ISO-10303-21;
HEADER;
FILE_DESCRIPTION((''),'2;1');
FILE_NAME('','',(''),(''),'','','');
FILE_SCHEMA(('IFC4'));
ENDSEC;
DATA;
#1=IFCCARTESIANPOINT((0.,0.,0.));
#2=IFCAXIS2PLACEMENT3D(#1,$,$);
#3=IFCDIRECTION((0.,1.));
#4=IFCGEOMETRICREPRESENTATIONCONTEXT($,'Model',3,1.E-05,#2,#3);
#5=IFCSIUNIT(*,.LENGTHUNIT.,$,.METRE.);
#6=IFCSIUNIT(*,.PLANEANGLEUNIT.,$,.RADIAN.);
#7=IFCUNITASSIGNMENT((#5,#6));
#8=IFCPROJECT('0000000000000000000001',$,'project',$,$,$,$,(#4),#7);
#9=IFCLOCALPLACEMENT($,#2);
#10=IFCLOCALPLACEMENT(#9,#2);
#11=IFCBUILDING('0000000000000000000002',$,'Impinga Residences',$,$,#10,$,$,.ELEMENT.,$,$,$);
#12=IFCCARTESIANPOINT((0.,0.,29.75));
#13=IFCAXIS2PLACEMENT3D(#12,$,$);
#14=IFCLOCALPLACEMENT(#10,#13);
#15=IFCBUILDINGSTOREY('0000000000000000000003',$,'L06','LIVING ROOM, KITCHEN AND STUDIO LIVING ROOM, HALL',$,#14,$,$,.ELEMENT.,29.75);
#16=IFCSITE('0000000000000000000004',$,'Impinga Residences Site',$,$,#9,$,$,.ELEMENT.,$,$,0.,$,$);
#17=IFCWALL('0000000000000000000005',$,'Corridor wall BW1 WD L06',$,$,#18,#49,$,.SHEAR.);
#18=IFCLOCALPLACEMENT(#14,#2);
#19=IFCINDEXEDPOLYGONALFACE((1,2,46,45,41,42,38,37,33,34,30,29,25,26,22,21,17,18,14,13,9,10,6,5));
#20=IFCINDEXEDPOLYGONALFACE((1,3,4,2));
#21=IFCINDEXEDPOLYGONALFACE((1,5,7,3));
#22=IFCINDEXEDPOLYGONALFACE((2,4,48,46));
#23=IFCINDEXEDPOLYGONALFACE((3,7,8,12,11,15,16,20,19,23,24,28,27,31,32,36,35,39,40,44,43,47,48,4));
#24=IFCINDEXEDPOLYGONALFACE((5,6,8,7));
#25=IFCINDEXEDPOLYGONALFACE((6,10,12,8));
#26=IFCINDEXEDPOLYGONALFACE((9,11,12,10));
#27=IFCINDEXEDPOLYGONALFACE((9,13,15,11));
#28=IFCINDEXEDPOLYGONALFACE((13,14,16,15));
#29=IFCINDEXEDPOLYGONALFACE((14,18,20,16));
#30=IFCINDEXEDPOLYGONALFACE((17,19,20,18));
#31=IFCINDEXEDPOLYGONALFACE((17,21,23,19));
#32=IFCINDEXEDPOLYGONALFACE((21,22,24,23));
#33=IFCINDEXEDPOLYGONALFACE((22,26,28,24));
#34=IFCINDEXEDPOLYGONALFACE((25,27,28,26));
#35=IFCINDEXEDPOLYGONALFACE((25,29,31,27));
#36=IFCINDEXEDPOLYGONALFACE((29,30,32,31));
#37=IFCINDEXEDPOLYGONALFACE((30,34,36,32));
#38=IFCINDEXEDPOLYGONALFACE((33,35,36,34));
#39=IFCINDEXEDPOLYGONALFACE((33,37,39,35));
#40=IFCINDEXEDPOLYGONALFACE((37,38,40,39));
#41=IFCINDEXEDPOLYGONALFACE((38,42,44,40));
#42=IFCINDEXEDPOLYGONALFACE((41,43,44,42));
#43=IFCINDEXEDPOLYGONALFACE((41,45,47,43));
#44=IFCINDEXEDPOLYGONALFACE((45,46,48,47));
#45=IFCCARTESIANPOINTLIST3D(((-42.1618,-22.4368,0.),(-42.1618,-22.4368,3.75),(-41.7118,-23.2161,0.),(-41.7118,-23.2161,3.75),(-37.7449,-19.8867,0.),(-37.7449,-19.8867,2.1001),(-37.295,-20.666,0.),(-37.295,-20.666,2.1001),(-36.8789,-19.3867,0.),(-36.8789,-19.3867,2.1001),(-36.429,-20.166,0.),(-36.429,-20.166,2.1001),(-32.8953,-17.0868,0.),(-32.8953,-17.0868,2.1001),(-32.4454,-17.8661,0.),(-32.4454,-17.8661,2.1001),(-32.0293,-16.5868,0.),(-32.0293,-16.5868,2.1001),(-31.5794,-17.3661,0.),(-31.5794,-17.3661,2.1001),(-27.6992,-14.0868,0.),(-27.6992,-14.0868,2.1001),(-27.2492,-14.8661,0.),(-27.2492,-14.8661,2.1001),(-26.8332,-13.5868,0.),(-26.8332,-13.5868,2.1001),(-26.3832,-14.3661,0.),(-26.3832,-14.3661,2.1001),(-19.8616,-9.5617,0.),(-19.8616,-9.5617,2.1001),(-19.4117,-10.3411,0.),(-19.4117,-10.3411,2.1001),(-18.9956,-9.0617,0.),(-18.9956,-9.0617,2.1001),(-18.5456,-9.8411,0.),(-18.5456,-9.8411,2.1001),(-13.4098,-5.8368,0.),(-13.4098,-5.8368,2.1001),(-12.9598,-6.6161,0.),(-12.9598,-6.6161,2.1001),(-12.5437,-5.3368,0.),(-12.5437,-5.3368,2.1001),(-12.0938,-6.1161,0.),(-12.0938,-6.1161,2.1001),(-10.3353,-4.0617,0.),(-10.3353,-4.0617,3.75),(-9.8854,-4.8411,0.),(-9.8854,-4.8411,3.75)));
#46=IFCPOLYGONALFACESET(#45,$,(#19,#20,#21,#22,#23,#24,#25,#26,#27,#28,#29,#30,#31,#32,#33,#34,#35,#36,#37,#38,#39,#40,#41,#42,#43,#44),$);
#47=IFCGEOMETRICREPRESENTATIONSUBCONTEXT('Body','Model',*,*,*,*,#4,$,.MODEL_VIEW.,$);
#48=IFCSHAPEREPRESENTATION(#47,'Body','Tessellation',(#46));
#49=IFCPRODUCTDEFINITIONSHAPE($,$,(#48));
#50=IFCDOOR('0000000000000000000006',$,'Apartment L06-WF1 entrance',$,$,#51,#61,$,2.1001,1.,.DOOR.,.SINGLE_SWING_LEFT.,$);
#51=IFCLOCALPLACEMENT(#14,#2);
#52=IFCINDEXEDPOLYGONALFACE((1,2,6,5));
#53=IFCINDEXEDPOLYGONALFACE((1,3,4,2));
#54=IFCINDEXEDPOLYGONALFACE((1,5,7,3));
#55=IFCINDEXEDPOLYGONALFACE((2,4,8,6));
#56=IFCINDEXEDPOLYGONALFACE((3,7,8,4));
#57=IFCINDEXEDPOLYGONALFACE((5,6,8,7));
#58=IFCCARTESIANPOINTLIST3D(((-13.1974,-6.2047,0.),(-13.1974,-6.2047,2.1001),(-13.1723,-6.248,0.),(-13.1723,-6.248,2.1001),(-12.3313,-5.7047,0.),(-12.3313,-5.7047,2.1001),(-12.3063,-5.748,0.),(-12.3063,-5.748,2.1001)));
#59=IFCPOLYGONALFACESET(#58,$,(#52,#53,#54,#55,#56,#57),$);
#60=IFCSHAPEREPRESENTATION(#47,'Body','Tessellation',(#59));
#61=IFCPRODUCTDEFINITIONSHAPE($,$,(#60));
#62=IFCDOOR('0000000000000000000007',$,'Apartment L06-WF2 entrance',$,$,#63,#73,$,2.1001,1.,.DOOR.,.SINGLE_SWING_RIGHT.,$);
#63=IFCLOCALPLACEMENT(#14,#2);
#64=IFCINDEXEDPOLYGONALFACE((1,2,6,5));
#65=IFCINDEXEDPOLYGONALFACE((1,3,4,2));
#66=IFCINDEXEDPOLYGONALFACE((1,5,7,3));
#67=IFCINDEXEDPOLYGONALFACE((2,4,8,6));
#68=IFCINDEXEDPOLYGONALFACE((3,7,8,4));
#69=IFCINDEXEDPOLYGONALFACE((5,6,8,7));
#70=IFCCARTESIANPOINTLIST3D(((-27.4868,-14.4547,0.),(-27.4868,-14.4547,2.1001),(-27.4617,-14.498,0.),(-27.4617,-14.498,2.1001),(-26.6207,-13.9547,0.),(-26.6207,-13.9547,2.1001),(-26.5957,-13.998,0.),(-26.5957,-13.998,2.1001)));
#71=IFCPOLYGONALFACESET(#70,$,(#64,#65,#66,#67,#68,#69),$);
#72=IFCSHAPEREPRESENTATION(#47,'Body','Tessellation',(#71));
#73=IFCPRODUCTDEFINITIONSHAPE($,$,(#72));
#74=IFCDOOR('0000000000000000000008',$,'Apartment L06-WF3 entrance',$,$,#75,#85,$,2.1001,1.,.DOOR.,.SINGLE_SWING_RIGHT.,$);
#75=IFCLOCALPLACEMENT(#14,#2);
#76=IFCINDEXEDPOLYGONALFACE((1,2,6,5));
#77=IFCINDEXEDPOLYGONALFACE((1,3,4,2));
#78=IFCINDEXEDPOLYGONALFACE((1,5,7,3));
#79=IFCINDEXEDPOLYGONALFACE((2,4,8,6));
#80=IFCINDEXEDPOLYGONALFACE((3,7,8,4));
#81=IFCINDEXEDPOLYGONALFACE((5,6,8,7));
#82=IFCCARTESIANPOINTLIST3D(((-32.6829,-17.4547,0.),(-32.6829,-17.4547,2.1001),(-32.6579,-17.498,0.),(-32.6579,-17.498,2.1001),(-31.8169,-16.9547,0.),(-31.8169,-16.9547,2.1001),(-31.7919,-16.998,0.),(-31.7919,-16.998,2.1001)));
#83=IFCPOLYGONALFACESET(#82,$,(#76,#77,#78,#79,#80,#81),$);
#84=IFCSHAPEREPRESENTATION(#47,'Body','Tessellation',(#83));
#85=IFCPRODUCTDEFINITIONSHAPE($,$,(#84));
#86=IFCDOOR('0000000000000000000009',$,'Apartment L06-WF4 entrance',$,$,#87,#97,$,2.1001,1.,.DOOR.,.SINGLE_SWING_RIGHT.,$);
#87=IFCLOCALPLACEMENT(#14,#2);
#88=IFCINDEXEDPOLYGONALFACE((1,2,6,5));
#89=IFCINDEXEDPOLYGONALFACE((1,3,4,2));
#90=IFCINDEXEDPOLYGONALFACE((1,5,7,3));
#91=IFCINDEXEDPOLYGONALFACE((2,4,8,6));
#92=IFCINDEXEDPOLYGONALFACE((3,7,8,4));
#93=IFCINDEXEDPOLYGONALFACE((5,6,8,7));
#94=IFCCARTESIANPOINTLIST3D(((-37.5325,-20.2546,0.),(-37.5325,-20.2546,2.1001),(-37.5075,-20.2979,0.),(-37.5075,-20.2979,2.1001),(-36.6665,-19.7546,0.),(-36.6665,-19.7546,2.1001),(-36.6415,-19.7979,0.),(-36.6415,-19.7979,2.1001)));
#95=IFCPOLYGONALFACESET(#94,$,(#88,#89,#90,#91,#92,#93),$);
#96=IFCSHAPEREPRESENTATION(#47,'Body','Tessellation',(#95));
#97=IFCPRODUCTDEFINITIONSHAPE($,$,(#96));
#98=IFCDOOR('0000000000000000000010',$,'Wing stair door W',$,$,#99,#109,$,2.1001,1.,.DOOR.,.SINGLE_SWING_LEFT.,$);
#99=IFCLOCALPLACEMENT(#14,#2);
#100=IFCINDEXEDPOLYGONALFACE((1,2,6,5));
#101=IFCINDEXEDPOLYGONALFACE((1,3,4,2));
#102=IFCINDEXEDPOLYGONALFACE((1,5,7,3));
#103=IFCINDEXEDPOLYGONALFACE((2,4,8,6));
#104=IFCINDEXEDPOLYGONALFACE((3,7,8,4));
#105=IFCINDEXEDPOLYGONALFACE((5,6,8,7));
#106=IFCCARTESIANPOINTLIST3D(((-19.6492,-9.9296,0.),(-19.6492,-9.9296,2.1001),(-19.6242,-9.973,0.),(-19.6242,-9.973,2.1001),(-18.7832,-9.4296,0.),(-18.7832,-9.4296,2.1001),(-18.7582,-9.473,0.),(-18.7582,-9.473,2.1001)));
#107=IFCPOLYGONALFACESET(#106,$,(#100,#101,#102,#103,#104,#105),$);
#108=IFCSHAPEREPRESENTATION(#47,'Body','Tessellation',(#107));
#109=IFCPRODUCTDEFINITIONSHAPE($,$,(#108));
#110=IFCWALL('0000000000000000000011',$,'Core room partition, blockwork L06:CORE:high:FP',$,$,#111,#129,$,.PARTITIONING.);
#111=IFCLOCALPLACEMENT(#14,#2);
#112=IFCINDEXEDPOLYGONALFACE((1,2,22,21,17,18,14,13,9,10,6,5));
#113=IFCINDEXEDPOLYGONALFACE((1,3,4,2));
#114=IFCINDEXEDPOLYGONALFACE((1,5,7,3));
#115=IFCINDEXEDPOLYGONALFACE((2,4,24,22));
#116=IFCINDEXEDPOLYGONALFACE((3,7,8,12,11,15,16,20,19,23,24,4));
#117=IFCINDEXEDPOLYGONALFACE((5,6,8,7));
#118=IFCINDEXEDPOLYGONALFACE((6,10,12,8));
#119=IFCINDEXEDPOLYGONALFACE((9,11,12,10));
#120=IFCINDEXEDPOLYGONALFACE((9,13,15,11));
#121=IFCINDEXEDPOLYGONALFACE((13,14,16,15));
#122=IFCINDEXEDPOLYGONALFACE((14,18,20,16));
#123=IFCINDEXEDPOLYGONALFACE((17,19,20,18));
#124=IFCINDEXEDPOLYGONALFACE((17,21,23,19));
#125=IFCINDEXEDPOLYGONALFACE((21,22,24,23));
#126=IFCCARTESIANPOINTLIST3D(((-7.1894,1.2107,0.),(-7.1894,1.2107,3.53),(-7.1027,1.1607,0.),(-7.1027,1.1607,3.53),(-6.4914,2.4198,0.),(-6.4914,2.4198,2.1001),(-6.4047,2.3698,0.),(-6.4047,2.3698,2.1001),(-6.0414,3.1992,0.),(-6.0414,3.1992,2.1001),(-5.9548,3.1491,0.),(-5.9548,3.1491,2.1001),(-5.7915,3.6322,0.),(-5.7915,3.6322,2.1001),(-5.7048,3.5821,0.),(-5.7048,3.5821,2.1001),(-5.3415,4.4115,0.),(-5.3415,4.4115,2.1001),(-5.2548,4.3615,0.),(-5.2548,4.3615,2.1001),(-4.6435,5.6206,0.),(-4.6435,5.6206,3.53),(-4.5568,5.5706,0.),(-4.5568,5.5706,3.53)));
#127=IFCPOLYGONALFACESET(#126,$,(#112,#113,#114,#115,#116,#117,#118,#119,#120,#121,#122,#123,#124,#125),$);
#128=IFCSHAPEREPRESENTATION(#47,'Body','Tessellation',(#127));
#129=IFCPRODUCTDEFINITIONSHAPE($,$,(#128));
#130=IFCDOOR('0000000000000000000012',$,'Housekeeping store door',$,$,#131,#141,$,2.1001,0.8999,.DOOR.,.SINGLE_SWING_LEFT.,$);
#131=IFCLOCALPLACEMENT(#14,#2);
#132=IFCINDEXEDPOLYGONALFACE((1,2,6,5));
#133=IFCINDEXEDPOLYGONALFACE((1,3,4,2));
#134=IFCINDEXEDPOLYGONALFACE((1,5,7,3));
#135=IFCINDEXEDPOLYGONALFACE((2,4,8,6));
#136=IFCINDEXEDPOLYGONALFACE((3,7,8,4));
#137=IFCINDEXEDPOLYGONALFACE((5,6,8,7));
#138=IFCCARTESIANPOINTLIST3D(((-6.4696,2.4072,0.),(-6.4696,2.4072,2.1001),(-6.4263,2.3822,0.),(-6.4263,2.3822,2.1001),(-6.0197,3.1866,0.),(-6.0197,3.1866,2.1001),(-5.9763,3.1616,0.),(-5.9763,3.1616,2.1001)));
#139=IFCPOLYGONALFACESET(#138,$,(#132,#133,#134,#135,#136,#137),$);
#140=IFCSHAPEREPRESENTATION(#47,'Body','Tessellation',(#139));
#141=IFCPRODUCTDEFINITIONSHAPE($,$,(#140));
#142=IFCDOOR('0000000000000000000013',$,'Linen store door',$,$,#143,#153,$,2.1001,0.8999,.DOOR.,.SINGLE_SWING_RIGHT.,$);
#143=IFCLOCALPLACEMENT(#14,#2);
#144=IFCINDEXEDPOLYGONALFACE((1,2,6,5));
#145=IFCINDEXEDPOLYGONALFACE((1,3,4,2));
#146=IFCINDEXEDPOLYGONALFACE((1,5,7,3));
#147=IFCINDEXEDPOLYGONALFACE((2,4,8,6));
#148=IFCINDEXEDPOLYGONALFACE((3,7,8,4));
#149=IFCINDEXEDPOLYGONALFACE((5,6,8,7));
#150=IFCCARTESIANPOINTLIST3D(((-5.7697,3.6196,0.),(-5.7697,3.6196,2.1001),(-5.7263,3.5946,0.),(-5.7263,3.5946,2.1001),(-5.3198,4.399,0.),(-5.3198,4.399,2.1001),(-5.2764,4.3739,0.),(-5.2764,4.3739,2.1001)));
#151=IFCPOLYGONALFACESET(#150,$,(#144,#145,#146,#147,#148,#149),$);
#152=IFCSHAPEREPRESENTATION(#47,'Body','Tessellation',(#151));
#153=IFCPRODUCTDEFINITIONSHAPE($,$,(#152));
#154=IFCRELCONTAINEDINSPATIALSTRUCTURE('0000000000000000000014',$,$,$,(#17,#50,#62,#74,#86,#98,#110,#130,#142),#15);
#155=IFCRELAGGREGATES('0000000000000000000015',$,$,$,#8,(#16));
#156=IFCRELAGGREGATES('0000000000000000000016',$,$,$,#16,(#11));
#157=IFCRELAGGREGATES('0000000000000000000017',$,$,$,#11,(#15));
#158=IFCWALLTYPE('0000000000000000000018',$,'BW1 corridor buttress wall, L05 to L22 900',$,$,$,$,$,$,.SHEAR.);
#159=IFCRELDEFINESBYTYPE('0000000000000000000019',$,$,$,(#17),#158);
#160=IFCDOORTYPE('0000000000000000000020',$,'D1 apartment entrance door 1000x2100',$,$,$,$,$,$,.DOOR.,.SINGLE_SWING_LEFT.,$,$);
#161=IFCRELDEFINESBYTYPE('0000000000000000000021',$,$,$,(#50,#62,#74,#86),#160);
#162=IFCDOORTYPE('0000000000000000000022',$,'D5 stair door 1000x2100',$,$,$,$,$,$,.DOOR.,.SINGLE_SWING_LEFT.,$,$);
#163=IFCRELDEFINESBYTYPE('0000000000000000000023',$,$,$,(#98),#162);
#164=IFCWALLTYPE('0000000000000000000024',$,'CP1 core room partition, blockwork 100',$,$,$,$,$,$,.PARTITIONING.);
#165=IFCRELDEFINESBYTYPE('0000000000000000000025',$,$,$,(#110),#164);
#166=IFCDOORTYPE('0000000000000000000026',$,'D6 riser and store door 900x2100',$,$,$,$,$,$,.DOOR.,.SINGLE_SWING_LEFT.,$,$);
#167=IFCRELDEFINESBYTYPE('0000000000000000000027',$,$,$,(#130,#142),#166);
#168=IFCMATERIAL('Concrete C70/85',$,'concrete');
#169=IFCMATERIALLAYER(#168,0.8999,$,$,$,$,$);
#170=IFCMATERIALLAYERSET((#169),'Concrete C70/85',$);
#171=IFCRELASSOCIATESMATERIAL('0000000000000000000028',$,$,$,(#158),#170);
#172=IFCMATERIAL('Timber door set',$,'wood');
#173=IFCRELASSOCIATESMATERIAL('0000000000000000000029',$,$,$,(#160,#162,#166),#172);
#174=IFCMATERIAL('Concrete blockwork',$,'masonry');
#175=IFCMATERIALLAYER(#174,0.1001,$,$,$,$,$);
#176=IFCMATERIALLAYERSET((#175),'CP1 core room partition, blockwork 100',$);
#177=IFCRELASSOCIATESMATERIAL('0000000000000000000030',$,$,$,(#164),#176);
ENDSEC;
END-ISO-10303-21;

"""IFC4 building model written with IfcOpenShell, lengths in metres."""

from ifc_helpers import new_model, si_unit, direction, frame, frame_2d, origin, place, context, subcontext, project, spatial, rectangle, extrude, material, layer, layer_set, type_object, element, fill, save


model = new_model("IFC4")

# Units and contexts
model_context = context("Model", 3, precision=1e-05, world=origin(), true_north=direction((0.0, 1.0)))
body_context = subcontext(model_context, "Body", "Model", "MODEL_VIEW")
ifc_project = project(units=[si_unit("LENGTHUNIT", "METRE"), si_unit("PLANEANGLEUNIT", "RADIAN")], contexts=[model_context])

# Site, building, storey
site_placement = place(None, origin())
site = spatial("IfcSite", under=ifc_project, at=site_placement, Name="Impinga Residences Site", CompositionType="ELEMENT", RefElevation=0.0)
building_placement = place(site_placement, origin())
building = spatial("IfcBuilding", under=site, at=building_placement, Name="Impinga Residences", CompositionType="ELEMENT")
storey_placement = place(building_placement, frame((0.0, 0.0, 29.75)))
storey = spatial("IfcBuildingStorey", under=building, at=storey_placement, Name="L06", Description="LIVING ROOM, KITCHEN AND STUDIO LIVING ROOM, HALL", CompositionType="ELEMENT", Elevation=29.75)

# Walls, openings, doors
ifc_material_1 = material(Name="Concrete C70/85", Category="concrete")
ifc_layer_1 = layer(ifc_material_1, 0.8999)
ifc_layer_set_1 = layer_set([ifc_layer_1], Name="Concrete C70/85")
wall_type_1 = type_object("IfcWallType", Name="BW1 corridor buttress wall, L05 to L22 900", PredefinedType="SHEAR", material=ifc_layer_set_1)
wall_1_placement = place(storey_placement, frame((-10.1104, -4.4514, 0.0), z_axis=(0.0, 0.0, 1.0), x_axis=(-0.866025, -0.5, 0.0)))
wall_1 = element("IfcWall", 1, at=wall_1_placement, inside=storey, type_object=wall_type_1, Name="Corridor wall BW1 WD L06", PredefinedType="SHEAR", context=body_context, shape_type="SweptSolid", body=[
    extrude(rectangle(XDim=36.75, YDim=0.8999, at=frame_2d((18.375, 0.0))), origin(), (0.0, 0.0, 1.0), 3.75),
])
opening_1_placement = place(wall_1_placement, frame((10.0, 0.0, 0.0)))
opening_1 = element("IfcOpeningElement", 2, at=opening_1_placement, cuts=wall_1, PredefinedType="OPENING", context=body_context, shape_type="SweptSolid", body=[
    extrude(rectangle(XDim=1.0, YDim=2.1001, at=frame_2d((0.5, 1.05))), frame((0.0, 0.46, 0.0), z_axis=(0.0, -1.0, 0.0), x_axis=(1.0, 0.0, 0.0)), (0.0, 0.0, 1.0), 0.9199),
])
opening_2_placement = place(wall_1_placement, frame((2.55, 0.0, 0.0)))
opening_2 = element("IfcOpeningElement", 3, at=opening_2_placement, cuts=wall_1, PredefinedType="OPENING", context=body_context, shape_type="SweptSolid", body=[
    extrude(rectangle(XDim=1.0, YDim=2.1001, at=frame_2d((0.5, 1.05))), frame((0.0, 0.46, 0.0), z_axis=(0.0, -1.0, 0.0), x_axis=(1.0, 0.0, 0.0)), (0.0, 0.0, 1.0), 0.9199),
])
opening_3_placement = place(wall_1_placement, frame((19.05, 0.0, 0.0)))
opening_3 = element("IfcOpeningElement", 4, at=opening_3_placement, cuts=wall_1, PredefinedType="OPENING", context=body_context, shape_type="SweptSolid", body=[
    extrude(rectangle(XDim=1.0, YDim=2.1001, at=frame_2d((0.5, 1.05))), frame((0.0, 0.46, 0.0), z_axis=(0.0, -1.0, 0.0), x_axis=(1.0, 0.0, 0.0)), (0.0, 0.0, 1.0), 0.9199),
])
opening_4_placement = place(wall_1_placement, frame((25.05, 0.0, 0.0)))
opening_4 = element("IfcOpeningElement", 5, at=opening_4_placement, cuts=wall_1, PredefinedType="OPENING", context=body_context, shape_type="SweptSolid", body=[
    extrude(rectangle(XDim=1.0, YDim=2.1001, at=frame_2d((0.5, 1.05))), frame((0.0, 0.46, 0.0), z_axis=(0.0, -1.0, 0.0), x_axis=(1.0, 0.0, 0.0)), (0.0, 0.0, 1.0), 0.9199),
])
opening_5_placement = place(wall_1_placement, frame((30.6499, 0.0, 0.0)))
opening_5 = element("IfcOpeningElement", 6, at=opening_5_placement, cuts=wall_1, PredefinedType="OPENING", context=body_context, shape_type="SweptSolid", body=[
    extrude(rectangle(XDim=1.0, YDim=2.1001, at=frame_2d((0.5, 1.05))), frame((0.0, 0.46, 0.0), z_axis=(0.0, -1.0, 0.0), x_axis=(1.0, 0.0, 0.0)), (0.0, 0.0, 1.0), 0.9199),
])
ifc_material_2 = material(Name="Timber door set", Category="wood")
door_type_1 = type_object("IfcDoorType", Name="D1 apartment entrance door 1000x2100", OperationType="SINGLE_SWING_LEFT", PredefinedType="DOOR", material=ifc_material_2)
door_1_placement = place(opening_2_placement, origin())
door_1 = element("IfcDoor", 7, at=door_1_placement, inside=storey, type_object=door_type_1, Name="Apartment L06-WF1 entrance", OperationType="SINGLE_SWING_LEFT", OverallHeight=2.1001, OverallWidth=1.0, PredefinedType="DOOR", context=body_context, shape_type="SweptSolid", body=[
    extrude(rectangle(XDim=1.0, YDim=2.1001, at=frame_2d((0.5, 1.05))), frame((0.0, 0.0249, 0.0), z_axis=(0.0, -1.0, 0.0), x_axis=(1.0, 0.0, 0.0)), (0.0, 0.0, 1.0), 0.05),
])
fill(opening_2, door_1)
door_2_placement = place(opening_3_placement, origin())
door_2 = element("IfcDoor", 8, at=door_2_placement, inside=storey, type_object=door_type_1, Name="Apartment L06-WF2 entrance", OperationType="SINGLE_SWING_RIGHT", OverallHeight=2.1001, OverallWidth=1.0, PredefinedType="DOOR", context=body_context, shape_type="SweptSolid", body=[
    extrude(rectangle(XDim=1.0, YDim=2.1001, at=frame_2d((0.5, 1.05))), frame((0.0, 0.0249, 0.0), z_axis=(0.0, -1.0, 0.0), x_axis=(1.0, 0.0, 0.0)), (0.0, 0.0, 1.0), 0.05),
])
fill(opening_3, door_2)
door_3_placement = place(opening_4_placement, origin())
door_3 = element("IfcDoor", 9, at=door_3_placement, inside=storey, type_object=door_type_1, Name="Apartment L06-WF3 entrance", OperationType="SINGLE_SWING_RIGHT", OverallHeight=2.1001, OverallWidth=1.0, PredefinedType="DOOR", context=body_context, shape_type="SweptSolid", body=[
    extrude(rectangle(XDim=1.0, YDim=2.1001, at=frame_2d((0.5, 1.05))), frame((0.0, 0.0249, 0.0), z_axis=(0.0, -1.0, 0.0), x_axis=(1.0, 0.0, 0.0)), (0.0, 0.0, 1.0), 0.05),
])
fill(opening_4, door_3)
door_4_placement = place(opening_5_placement, origin())
door_4 = element("IfcDoor", 10, at=door_4_placement, inside=storey, type_object=door_type_1, Name="Apartment L06-WF4 entrance", OperationType="SINGLE_SWING_RIGHT", OverallHeight=2.1001, OverallWidth=1.0, PredefinedType="DOOR", context=body_context, shape_type="SweptSolid", body=[
    extrude(rectangle(XDim=1.0, YDim=2.1001, at=frame_2d((0.5, 1.05))), frame((0.0, 0.0249, 0.0), z_axis=(0.0, -1.0, 0.0), x_axis=(1.0, 0.0, 0.0)), (0.0, 0.0, 1.0), 0.05),
])
fill(opening_5, door_4)
door_type_2 = type_object("IfcDoorType", Name="D5 stair door 1000x2100", OperationType="SINGLE_SWING_LEFT", PredefinedType="DOOR", material=ifc_material_2)
door_5_placement = place(opening_1_placement, origin())
door_5 = element("IfcDoor", 11, at=door_5_placement, inside=storey, type_object=door_type_2, Name="Wing stair door W", OperationType="SINGLE_SWING_LEFT", OverallHeight=2.1001, OverallWidth=1.0, PredefinedType="DOOR", context=body_context, shape_type="SweptSolid", body=[
    extrude(rectangle(XDim=1.0, YDim=2.1001, at=frame_2d((0.5, 1.05))), frame((0.0, 0.0249, 0.0), z_axis=(0.0, -1.0, 0.0), x_axis=(1.0, 0.0, 0.0)), (0.0, 0.0, 1.0), 0.05),
])
fill(opening_1, door_5)
ifc_material_3 = material(Name="Concrete blockwork", Category="masonry")
ifc_layer_2 = layer(ifc_material_3, 0.1001)
ifc_layer_set_2 = layer_set([ifc_layer_2], Name="CP1 core room partition, blockwork 100")
wall_type_2 = type_object("IfcWallType", Name="CP1 core room partition, blockwork 100", PredefinedType="PARTITIONING", material=ifc_layer_set_2)
wall_2_placement = place(storey_placement, frame((-7.146, 1.1858, 0.0), z_axis=(0.0, 0.0, 1.0), x_axis=(0.499976, 0.866039, 0.0)))
wall_2 = element("IfcWall", 12, at=wall_2_placement, inside=storey, type_object=wall_type_2, Name="Core room partition, blockwork L06:CORE:high:FP", PredefinedType="PARTITIONING", context=body_context, shape_type="SweptSolid", body=[
    extrude(rectangle(XDim=5.092, YDim=0.1001, at=frame_2d((2.5459, 0.0))), origin(), (0.0, 0.0, 1.0), 3.53),
])
opening_6_placement = place(wall_2_placement, frame((1.396, 0.0, 0.0)))
opening_6 = element("IfcOpeningElement", 13, at=opening_6_placement, cuts=wall_2, PredefinedType="OPENING", context=body_context, shape_type="SweptSolid", body=[
    extrude(rectangle(XDim=0.8999, YDim=2.1001, at=frame_2d((0.45, 1.05))), frame((0.0, 0.0601, 0.0), z_axis=(0.0, -1.0, 0.0), x_axis=(1.0, 0.0, 0.0)), (0.0, 0.0, 1.0), 0.1201),
])
opening_7_placement = place(wall_2_placement, frame((2.7959, 0.0, 0.0)))
opening_7 = element("IfcOpeningElement", 14, at=opening_7_placement, cuts=wall_2, PredefinedType="OPENING", context=body_context, shape_type="SweptSolid", body=[
    extrude(rectangle(XDim=0.8999, YDim=2.1001, at=frame_2d((0.45, 1.05))), frame((0.0, 0.0601, 0.0), z_axis=(0.0, -1.0, 0.0), x_axis=(1.0, 0.0, 0.0)), (0.0, 0.0, 1.0), 0.1201),
])
door_type_3 = type_object("IfcDoorType", Name="D6 riser and store door 900x2100", OperationType="SINGLE_SWING_LEFT", PredefinedType="DOOR", material=ifc_material_2)
door_6_placement = place(opening_6_placement, origin())
door_6 = element("IfcDoor", 15, at=door_6_placement, inside=storey, type_object=door_type_3, Name="Housekeeping store door", OperationType="SINGLE_SWING_LEFT", OverallHeight=2.1001, OverallWidth=0.8999, PredefinedType="DOOR", context=body_context, shape_type="SweptSolid", body=[
    extrude(rectangle(XDim=0.8999, YDim=2.1001, at=frame_2d((0.45, 1.05))), frame((0.0, 0.0249, 0.0), z_axis=(0.0, -1.0, 0.0), x_axis=(1.0, 0.0, 0.0)), (0.0, 0.0, 1.0), 0.05),
])
fill(opening_6, door_6)
door_7_placement = place(opening_7_placement, origin())
door_7 = element("IfcDoor", 16, at=door_7_placement, inside=storey, type_object=door_type_3, Name="Linen store door", OperationType="SINGLE_SWING_RIGHT", OverallHeight=2.1001, OverallWidth=0.8999, PredefinedType="DOOR", context=body_context, shape_type="SweptSolid", body=[
    extrude(rectangle(XDim=0.8999, YDim=2.1001, at=frame_2d((0.45, 1.05))), frame((0.0, 0.0249, 0.0), z_axis=(0.0, -1.0, 0.0), x_axis=(1.0, 0.0, 0.0)), (0.0, 0.0, 1.0), 0.05),
])
fill(opening_7, door_7)

save(model, "model.ifc")
